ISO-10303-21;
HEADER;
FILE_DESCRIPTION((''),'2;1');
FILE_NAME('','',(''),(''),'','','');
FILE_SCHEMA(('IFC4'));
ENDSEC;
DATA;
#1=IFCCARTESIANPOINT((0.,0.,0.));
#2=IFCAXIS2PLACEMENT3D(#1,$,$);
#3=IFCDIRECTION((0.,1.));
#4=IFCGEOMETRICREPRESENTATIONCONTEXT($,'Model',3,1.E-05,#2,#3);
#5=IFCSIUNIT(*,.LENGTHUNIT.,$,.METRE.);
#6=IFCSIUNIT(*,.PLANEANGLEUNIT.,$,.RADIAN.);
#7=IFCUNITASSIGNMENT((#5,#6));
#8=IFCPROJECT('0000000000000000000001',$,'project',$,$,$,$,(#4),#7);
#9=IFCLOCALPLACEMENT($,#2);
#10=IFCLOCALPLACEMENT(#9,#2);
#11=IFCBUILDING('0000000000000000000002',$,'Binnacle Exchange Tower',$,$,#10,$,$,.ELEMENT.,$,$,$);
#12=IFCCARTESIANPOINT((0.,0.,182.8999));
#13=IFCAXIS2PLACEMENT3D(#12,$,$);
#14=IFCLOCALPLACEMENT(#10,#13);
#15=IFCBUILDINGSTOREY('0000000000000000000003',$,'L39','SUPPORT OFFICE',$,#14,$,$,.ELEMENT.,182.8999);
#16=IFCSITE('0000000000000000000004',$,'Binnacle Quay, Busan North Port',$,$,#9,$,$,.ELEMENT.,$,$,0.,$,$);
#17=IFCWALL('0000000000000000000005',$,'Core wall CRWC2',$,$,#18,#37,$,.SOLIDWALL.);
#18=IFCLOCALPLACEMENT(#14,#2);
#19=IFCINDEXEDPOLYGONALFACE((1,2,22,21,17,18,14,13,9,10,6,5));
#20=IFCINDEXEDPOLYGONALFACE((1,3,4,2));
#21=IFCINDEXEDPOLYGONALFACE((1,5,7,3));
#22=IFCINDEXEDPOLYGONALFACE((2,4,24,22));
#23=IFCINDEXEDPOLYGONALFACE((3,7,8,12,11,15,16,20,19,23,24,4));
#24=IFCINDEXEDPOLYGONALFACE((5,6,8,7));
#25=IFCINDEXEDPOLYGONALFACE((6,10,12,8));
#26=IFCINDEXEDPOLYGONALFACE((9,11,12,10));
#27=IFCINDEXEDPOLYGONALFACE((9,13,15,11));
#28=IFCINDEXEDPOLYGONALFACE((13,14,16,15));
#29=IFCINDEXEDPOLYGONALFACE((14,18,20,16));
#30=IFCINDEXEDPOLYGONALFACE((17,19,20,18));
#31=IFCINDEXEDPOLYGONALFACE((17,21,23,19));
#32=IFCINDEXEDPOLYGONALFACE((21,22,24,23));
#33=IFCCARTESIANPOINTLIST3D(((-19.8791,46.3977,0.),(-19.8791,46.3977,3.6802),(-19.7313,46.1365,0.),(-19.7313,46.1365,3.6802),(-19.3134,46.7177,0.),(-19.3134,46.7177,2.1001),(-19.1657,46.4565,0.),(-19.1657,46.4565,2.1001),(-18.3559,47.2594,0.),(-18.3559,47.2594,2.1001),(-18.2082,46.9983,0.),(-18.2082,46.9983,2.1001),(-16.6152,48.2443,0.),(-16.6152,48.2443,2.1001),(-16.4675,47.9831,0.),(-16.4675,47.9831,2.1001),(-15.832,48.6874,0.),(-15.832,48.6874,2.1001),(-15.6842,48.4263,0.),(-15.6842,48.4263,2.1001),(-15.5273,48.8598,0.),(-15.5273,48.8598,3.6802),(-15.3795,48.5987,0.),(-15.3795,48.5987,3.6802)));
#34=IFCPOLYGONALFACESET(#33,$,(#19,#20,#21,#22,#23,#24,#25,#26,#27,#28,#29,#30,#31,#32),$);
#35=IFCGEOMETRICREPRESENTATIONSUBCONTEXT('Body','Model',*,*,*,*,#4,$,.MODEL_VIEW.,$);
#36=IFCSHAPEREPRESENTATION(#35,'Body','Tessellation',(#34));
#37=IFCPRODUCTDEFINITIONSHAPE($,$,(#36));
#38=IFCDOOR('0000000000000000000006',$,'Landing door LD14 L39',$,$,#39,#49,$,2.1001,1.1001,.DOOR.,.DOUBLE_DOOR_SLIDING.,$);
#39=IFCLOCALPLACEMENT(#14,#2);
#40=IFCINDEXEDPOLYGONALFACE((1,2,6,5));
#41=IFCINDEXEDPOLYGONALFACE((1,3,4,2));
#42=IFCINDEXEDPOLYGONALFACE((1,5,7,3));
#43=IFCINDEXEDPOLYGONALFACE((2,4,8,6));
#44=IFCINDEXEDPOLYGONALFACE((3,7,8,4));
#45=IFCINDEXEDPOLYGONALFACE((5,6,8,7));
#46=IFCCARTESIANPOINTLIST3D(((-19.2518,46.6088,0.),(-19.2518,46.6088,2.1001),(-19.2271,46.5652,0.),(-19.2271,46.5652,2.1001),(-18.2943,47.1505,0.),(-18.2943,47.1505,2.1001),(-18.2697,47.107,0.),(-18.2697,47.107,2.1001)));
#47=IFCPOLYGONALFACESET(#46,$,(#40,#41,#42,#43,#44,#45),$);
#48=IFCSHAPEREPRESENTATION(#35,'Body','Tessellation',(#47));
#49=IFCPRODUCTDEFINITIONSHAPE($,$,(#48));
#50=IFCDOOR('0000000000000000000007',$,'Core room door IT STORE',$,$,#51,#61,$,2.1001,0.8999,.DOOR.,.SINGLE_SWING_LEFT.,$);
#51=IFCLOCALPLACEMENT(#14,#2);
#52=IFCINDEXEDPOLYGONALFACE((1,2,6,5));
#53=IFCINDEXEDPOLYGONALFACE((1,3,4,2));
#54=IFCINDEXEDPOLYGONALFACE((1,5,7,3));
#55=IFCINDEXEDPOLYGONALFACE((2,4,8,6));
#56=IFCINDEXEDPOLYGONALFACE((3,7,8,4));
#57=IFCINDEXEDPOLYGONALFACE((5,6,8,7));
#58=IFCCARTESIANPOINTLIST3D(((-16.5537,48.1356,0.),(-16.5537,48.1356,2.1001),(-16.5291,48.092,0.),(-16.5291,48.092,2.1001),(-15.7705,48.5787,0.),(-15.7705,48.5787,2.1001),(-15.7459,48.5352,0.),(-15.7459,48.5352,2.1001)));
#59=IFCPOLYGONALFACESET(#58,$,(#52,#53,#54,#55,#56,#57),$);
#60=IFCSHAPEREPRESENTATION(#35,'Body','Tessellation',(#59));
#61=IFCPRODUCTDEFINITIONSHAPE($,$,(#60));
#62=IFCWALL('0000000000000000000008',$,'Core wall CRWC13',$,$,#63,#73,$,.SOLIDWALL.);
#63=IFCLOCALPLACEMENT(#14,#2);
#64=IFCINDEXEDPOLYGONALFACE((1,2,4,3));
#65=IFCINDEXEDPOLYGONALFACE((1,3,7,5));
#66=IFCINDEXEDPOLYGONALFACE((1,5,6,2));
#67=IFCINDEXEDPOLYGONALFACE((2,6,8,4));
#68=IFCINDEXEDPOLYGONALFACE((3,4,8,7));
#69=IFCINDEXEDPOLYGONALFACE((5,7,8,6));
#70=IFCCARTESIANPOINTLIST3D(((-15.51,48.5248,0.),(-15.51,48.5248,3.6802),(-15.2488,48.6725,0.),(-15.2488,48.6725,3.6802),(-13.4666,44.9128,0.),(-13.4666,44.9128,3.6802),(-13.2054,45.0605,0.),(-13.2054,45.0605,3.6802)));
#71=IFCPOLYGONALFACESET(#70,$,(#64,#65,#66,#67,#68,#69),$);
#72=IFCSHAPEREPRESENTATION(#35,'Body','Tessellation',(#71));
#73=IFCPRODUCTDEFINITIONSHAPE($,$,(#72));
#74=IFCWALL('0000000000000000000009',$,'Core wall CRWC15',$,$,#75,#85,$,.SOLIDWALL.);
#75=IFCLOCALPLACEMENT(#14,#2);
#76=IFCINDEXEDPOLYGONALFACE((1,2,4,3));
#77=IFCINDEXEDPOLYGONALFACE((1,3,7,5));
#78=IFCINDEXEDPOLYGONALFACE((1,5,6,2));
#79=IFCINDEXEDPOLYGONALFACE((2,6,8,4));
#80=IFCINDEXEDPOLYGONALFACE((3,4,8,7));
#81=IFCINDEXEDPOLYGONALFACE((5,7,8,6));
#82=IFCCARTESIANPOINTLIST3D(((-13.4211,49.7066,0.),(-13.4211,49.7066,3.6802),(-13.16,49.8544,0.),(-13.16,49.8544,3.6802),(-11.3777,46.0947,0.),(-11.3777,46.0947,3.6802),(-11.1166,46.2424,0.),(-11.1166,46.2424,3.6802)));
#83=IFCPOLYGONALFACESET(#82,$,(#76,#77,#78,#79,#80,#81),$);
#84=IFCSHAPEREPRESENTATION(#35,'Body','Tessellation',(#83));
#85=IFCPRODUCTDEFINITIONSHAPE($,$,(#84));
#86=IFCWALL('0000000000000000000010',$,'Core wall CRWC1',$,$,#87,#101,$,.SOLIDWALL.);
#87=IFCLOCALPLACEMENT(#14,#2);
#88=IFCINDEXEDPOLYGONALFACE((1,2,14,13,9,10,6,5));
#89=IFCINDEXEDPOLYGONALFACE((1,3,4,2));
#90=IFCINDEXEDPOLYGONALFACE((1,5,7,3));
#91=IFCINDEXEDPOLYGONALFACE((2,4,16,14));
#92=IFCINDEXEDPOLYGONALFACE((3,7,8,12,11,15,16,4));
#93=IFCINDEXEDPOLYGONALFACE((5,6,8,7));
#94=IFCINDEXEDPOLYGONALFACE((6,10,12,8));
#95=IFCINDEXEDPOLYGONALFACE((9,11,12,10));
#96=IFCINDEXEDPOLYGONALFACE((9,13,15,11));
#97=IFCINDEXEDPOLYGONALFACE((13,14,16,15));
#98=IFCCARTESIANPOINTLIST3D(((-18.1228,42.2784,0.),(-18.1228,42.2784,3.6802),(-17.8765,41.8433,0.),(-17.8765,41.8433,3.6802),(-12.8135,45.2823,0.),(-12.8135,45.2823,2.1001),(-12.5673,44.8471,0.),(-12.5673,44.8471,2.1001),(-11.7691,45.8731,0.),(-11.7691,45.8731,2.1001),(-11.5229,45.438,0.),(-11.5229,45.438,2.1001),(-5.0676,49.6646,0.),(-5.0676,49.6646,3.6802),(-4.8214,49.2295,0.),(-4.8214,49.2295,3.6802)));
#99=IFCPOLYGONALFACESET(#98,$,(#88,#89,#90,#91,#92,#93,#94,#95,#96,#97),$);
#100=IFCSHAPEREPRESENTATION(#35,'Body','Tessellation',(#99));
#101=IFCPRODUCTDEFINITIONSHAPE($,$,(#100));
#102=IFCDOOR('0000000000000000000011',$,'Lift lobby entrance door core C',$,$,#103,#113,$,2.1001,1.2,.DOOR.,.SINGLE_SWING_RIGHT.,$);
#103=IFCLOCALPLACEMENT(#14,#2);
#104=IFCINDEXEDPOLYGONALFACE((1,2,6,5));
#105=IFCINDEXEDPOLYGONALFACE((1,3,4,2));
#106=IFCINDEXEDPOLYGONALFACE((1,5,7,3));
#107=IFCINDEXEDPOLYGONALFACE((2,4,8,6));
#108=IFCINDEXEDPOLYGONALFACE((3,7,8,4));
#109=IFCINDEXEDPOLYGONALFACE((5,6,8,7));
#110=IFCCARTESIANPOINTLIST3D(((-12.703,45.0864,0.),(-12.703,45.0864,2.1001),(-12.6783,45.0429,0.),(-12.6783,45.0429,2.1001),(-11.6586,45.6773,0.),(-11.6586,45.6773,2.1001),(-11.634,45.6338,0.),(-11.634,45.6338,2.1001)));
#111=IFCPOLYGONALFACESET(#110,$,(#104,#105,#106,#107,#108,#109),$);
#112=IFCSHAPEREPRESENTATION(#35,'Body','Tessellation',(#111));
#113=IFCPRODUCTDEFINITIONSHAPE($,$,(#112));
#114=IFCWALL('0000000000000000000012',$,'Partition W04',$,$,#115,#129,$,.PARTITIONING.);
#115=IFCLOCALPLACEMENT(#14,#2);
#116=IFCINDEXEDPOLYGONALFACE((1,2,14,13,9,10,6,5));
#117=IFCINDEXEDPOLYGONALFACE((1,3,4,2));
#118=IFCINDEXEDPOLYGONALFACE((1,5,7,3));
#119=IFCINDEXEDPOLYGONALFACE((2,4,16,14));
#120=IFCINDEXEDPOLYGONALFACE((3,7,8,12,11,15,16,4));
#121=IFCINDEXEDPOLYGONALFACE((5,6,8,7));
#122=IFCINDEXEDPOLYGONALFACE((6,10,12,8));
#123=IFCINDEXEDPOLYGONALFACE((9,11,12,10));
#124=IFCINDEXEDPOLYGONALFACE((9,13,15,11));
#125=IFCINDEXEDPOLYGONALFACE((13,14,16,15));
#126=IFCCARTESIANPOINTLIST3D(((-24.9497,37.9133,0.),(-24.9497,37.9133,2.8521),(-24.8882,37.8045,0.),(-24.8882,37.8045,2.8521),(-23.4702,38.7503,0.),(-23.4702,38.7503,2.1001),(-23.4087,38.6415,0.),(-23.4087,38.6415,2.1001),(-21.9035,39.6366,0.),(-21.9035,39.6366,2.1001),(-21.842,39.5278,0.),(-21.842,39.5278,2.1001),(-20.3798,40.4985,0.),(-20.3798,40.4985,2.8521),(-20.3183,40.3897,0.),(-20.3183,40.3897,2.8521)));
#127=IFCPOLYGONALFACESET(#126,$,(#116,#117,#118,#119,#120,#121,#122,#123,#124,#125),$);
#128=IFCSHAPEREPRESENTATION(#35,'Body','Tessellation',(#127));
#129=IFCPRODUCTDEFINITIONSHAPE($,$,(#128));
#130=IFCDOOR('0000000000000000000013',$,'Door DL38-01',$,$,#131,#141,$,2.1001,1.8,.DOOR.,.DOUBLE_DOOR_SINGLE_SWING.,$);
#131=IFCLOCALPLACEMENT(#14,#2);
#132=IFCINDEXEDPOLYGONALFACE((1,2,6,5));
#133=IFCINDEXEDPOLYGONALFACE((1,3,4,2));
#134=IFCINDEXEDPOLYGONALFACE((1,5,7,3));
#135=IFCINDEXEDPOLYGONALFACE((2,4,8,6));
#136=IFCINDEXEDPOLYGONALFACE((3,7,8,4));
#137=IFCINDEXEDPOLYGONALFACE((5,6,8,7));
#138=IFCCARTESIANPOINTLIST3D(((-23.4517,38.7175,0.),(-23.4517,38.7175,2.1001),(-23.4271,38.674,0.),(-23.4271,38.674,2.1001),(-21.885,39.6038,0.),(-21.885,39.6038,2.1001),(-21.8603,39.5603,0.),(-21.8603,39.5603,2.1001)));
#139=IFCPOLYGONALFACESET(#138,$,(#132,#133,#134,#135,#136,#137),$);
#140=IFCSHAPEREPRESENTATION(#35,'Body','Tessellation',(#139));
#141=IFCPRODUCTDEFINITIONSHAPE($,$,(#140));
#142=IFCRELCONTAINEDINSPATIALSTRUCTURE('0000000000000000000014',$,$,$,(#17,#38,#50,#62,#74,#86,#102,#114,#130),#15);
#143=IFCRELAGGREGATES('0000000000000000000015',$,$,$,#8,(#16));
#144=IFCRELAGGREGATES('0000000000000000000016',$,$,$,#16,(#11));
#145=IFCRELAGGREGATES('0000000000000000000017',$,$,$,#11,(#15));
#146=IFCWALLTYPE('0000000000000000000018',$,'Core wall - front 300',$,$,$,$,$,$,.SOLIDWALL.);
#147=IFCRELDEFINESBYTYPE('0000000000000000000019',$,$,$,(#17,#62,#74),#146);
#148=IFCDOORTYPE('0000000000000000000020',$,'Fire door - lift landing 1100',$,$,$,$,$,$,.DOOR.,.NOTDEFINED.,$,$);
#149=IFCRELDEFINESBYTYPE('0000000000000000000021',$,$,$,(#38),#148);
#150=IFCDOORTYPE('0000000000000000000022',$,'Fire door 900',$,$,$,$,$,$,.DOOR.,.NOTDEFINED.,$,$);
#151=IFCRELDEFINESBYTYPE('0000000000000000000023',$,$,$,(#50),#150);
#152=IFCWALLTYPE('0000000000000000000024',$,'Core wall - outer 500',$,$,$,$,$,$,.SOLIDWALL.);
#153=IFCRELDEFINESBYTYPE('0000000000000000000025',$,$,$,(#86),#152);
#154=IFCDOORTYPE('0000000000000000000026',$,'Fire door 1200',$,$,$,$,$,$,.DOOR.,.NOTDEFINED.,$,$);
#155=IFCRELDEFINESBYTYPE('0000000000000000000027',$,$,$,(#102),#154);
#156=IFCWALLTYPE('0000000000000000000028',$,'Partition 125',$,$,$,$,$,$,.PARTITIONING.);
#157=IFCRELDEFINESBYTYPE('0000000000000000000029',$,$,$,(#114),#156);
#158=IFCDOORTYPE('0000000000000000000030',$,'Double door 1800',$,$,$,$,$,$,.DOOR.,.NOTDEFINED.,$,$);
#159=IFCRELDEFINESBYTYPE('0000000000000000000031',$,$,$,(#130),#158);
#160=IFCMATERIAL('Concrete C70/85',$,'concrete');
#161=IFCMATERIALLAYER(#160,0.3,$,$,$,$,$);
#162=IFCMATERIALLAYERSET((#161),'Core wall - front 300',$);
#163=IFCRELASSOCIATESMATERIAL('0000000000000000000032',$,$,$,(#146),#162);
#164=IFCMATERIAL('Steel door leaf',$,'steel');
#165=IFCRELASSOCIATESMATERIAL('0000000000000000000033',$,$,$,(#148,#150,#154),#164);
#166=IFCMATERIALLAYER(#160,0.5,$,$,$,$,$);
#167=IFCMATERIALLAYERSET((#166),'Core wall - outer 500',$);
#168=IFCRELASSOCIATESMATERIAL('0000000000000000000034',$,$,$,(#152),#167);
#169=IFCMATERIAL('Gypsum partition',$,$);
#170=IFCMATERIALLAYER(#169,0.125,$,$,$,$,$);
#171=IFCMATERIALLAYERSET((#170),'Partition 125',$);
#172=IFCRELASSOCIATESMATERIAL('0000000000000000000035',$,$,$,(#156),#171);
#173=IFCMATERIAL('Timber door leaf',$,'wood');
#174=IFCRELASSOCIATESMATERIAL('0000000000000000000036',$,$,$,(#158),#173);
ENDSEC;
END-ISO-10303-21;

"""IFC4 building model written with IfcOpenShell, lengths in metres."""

from ifc_helpers import new_model, si_unit, direction, frame, frame_2d, origin, place, context, subcontext, project, spatial, rectangle, extrude, material, layer, layer_set, type_object, element, fill, save


model = new_model("IFC4")

# Units and contexts
model_context = context("Model", 3, precision=1e-05, world=origin(), true_north=direction((0.0, 1.0)))
body_context = subcontext(model_context, "Body", "Model", "MODEL_VIEW")
ifc_project = project(units=[si_unit("LENGTHUNIT", "METRE"), si_unit("PLANEANGLEUNIT", "RADIAN")], contexts=[model_context])

# Site, building, storey
site_placement = place(None, origin())
site = spatial("IfcSite", under=ifc_project, at=site_placement, Name="Binnacle Quay, Busan North Port", CompositionType="ELEMENT", RefElevation=0.0)
building_placement = place(site_placement, origin())
building = spatial("IfcBuilding", under=site, at=building_placement, Name="Binnacle Exchange Tower", CompositionType="ELEMENT")
storey_placement = place(building_placement, frame((0.0, 0.0, 182.8999)))
storey = spatial("IfcBuildingStorey", under=building, at=storey_placement, Name="L39", Description="SUPPORT OFFICE", CompositionType="ELEMENT", Elevation=182.8999)

# Shared definitions
ifc_material_1 = material(Name="Concrete C70/85", Category="concrete")

# Wall, openings, doors
ifc_layer_1 = layer(ifc_material_1, 0.3)
ifc_layer_set_1 = layer_set([ifc_layer_1], Name="Core wall - front 300")
wall_type_1 = type_object("IfcWallType", Name="Core wall - front 300", PredefinedType="SOLIDWALL", material=ifc_layer_set_1)
wall_1_placement = place(storey_placement, frame((-19.8052, 46.2671, 0.0), z_axis=(0.0, 0.0, 1.0), x_axis=(0.870354, 0.492427, 0.0)))
wall_1 = element("IfcWall", 1, at=wall_1_placement, inside=storey, type_object=wall_type_1, Name="Core wall CRWC2", PredefinedType="SOLIDWALL", context=body_context, shape_type="SweptSolid", body=[
    extrude(rectangle(XDim=5.0, YDim=0.3, at=frame_2d((2.5, 0.0))), origin(), (0.0, 0.0, 1.0), 3.6802),
])
opening_1_placement = place(wall_1_placement, frame((0.6499, 0.0, 0.0)))
opening_1 = element("IfcOpeningElement", 2, at=opening_1_placement, cuts=wall_1, PredefinedType="OPENING", context=body_context, shape_type="SweptSolid", body=[
    extrude(rectangle(XDim=1.1001, YDim=2.1001, at=frame_2d((0.55, 1.05))), frame((0.0, 0.1599, 0.0), z_axis=(0.0, -1.0, 0.0), x_axis=(1.0, 0.0, 0.0)), (0.0, 0.0, 1.0), 0.3201),
])
opening_2_placement = place(wall_1_placement, frame((3.75, 0.0, 0.0)))
opening_2 = element("IfcOpeningElement", 3, at=opening_2_placement, cuts=wall_1, PredefinedType="OPENING", context=body_context, shape_type="SweptSolid", body=[
    extrude(rectangle(XDim=0.8999, YDim=2.1001, at=frame_2d((0.45, 1.05))), frame((0.0, 0.1599, 0.0), z_axis=(0.0, -1.0, 0.0), x_axis=(1.0, 0.0, 0.0)), (0.0, 0.0, 1.0), 0.3201),
])
ifc_material_2 = material(Name="Steel door leaf", Category="steel")
door_type_1 = type_object("IfcDoorType", Name="Fire door - lift landing 1100", OperationType="NOTDEFINED", PredefinedType="DOOR", material=ifc_material_2)
door_1_placement = place(opening_1_placement, origin())
door_1 = element("IfcDoor", 4, at=door_1_placement, inside=storey, type_object=door_type_1, Name="Landing door LD14 L39", OperationType="DOUBLE_DOOR_SLIDING", OverallHeight=2.1001, OverallWidth=1.1001, PredefinedType="DOOR", context=body_context, shape_type="SweptSolid", body=[
    extrude(rectangle(XDim=1.1001, YDim=2.1001, at=frame_2d((0.55, 1.05))), frame((0.0, 0.0249, 0.0), z_axis=(0.0, -1.0, 0.0), x_axis=(1.0, 0.0, 0.0)), (0.0, 0.0, 1.0), 0.05),
])
fill(opening_1, door_1)
door_type_2 = type_object("IfcDoorType", Name="Fire door 900", OperationType="NOTDEFINED", PredefinedType="DOOR", material=ifc_material_2)
door_2_placement = place(opening_2_placement, frame((0.8999, 0.0, 0.0), z_axis=(0.0, 0.0, 1.0), x_axis=(-1.0, 0.0, 0.0)))
door_2 = element("IfcDoor", 5, at=door_2_placement, inside=storey, type_object=door_type_2, Name="Core room door IT STORE", OperationType="SINGLE_SWING_LEFT", OverallHeight=2.1001, OverallWidth=0.8999, PredefinedType="DOOR", context=body_context, shape_type="SweptSolid", body=[
    extrude(rectangle(XDim=0.8999, YDim=2.1001, at=frame_2d((0.45, 1.05))), frame((0.0, 0.0249, 0.0), z_axis=(0.0, -1.0, 0.0), x_axis=(1.0, 0.0, 0.0)), (0.0, 0.0, 1.0), 0.05),
])
fill(opening_2, door_2)

# Walls
for number, where, z_axis, x_axis, name in (
    (6, (-15.3794, 48.5986, 0.0), (0.0, 0.0, 1.0), (0.492396, -0.870371, 0.0), "Core wall CRWC13"),
    (7, (-13.2905, 49.7805, 0.0), (0.0, 0.0, 1.0), (0.492396, -0.870371, 0.0), "Core wall CRWC15"),
):
    element("IfcWall", number, at=place(storey_placement, frame(where, z_axis=z_axis, x_axis=x_axis)), inside=storey, type_object=wall_type_1, Name=name, PredefinedType="SOLIDWALL", context=body_context, shape_type="SweptSolid", body=[
        extrude(rectangle(XDim=4.1499, YDim=0.3, at=frame_2d((2.075, 0.0))), origin(), (0.0, 0.0, 1.0), 3.6802),
    ])

# Walls, openings, doors
ifc_layer_2 = layer(ifc_material_1, 0.5)
ifc_layer_set_2 = layer_set([ifc_layer_2], Name="Core wall - outer 500")
wall_type_2 = type_object("IfcWallType", Name="Core wall - outer 500", PredefinedType="SOLIDWALL", material=ifc_layer_set_2)
wall_2_placement = place(storey_placement, frame((-17.9998, 42.0608, 0.0), z_axis=(0.0, 0.0, 1.0), x_axis=(0.870357, 0.492422, 0.0)))
wall_2 = element("IfcWall", 8, at=wall_2_placement, inside=storey, type_object=wall_type_2, Name="Core wall CRWC1", PredefinedType="SOLIDWALL", context=body_context, shape_type="SweptSolid", body=[
    extrude(rectangle(XDim=14.9998, YDim=0.5, at=frame_2d((7.5, 0.0))), origin(), (0.0, 0.0, 1.0), 3.6802),
])
opening_3_placement = place(wall_2_placement, frame((6.1001, 0.0, 0.0)))
opening_3 = element("IfcOpeningElement", 9, at=opening_3_placement, cuts=wall_2, PredefinedType="OPENING", context=body_context, shape_type="SweptSolid", body=[
    extrude(rectangle(XDim=1.2, YDim=2.1001, at=frame_2d((0.6001, 1.05))), frame((0.0, 0.26, 0.0), z_axis=(0.0, -1.0, 0.0), x_axis=(1.0, 0.0, 0.0)), (0.0, 0.0, 1.0), 0.52),
])
door_type_3 = type_object("IfcDoorType", Name="Fire door 1200", OperationType="NOTDEFINED", PredefinedType="DOOR", material=ifc_material_2)
door_3_placement = place(opening_3_placement, frame((1.2, 0.0, 0.0), z_axis=(0.0, 0.0, 1.0), x_axis=(-1.0, 0.0, 0.0)))
door_3 = element("IfcDoor", 10, at=door_3_placement, inside=storey, type_object=door_type_3, Name="Lift lobby entrance door core C", OperationType="SINGLE_SWING_RIGHT", OverallHeight=2.1001, OverallWidth=1.2, PredefinedType="DOOR", context=body_context, shape_type="SweptSolid", body=[
    extrude(rectangle(XDim=1.2, YDim=2.1001, at=frame_2d((0.6001, 1.05))), frame((0.0, 0.0249, 0.0), z_axis=(0.0, -1.0, 0.0), x_axis=(1.0, 0.0, 0.0)), (0.0, 0.0, 1.0), 0.05),
])
fill(opening_3, door_3)
ifc_material_3 = material(Name="Gypsum partition")
ifc_layer_3 = layer(ifc_material_3, 0.125)
ifc_layer_set_3 = layer_set([ifc_layer_3], Name="Partition 125")
wall_type_3 = type_object("IfcWallType", Name="Partition 125", PredefinedType="PARTITIONING", material=ifc_layer_set_3)
wall_3_placement = place(storey_placement, frame((-24.9189, 37.8589, 0.0), z_axis=(0.0, 0.0, 1.0), x_axis=(0.870378, 0.492384, 0.0)))
wall_3 = element("IfcWall", 11, at=wall_3_placement, inside=storey, type_object=wall_type_3, Name="Partition W04", PredefinedType="PARTITIONING", context=body_context, shape_type="SweptSolid", body=[
    extrude(rectangle(XDim=5.2505, YDim=0.125, at=frame_2d((2.6252, 0.0))), origin(), (0.0, 0.0, 1.0), 2.8521),
])
opening_4_placement = place(wall_3_placement, frame((1.7, 0.0, 0.0)))
opening_4 = element("IfcOpeningElement", 12, at=opening_4_placement, cuts=wall_3, PredefinedType="OPENING", context=body_context, shape_type="SweptSolid", body=[
    extrude(rectangle(XDim=1.8, YDim=2.1001, at=frame_2d((0.8999, 1.05))), frame((0.0, 0.0725, 0.0), z_axis=(0.0, -1.0, 0.0), x_axis=(1.0, 0.0, 0.0)), (0.0, 0.0, 1.0), 0.145),
])
ifc_material_4 = material(Name="Timber door leaf", Category="wood")
door_type_4 = type_object("IfcDoorType", Name="Double door 1800", OperationType="NOTDEFINED", PredefinedType="DOOR", material=ifc_material_4)
door_4_placement = place(opening_4_placement, origin())
door_4 = element("IfcDoor", 13, at=door_4_placement, inside=storey, type_object=door_type_4, Name="Door DL38-01", OperationType="DOUBLE_DOOR_SINGLE_SWING", OverallHeight=2.1001, OverallWidth=1.8, PredefinedType="DOOR", context=body_context, shape_type="SweptSolid", body=[
    extrude(rectangle(XDim=1.8, YDim=2.1001, at=frame_2d((0.8999, 1.05))), frame((0.0, 0.0249, 0.0), z_axis=(0.0, -1.0, 0.0), x_axis=(1.0, 0.0, 0.0)), (0.0, 0.0, 1.0), 0.05),
])
fill(opening_4, door_4)

save(model, "model.ifc")
